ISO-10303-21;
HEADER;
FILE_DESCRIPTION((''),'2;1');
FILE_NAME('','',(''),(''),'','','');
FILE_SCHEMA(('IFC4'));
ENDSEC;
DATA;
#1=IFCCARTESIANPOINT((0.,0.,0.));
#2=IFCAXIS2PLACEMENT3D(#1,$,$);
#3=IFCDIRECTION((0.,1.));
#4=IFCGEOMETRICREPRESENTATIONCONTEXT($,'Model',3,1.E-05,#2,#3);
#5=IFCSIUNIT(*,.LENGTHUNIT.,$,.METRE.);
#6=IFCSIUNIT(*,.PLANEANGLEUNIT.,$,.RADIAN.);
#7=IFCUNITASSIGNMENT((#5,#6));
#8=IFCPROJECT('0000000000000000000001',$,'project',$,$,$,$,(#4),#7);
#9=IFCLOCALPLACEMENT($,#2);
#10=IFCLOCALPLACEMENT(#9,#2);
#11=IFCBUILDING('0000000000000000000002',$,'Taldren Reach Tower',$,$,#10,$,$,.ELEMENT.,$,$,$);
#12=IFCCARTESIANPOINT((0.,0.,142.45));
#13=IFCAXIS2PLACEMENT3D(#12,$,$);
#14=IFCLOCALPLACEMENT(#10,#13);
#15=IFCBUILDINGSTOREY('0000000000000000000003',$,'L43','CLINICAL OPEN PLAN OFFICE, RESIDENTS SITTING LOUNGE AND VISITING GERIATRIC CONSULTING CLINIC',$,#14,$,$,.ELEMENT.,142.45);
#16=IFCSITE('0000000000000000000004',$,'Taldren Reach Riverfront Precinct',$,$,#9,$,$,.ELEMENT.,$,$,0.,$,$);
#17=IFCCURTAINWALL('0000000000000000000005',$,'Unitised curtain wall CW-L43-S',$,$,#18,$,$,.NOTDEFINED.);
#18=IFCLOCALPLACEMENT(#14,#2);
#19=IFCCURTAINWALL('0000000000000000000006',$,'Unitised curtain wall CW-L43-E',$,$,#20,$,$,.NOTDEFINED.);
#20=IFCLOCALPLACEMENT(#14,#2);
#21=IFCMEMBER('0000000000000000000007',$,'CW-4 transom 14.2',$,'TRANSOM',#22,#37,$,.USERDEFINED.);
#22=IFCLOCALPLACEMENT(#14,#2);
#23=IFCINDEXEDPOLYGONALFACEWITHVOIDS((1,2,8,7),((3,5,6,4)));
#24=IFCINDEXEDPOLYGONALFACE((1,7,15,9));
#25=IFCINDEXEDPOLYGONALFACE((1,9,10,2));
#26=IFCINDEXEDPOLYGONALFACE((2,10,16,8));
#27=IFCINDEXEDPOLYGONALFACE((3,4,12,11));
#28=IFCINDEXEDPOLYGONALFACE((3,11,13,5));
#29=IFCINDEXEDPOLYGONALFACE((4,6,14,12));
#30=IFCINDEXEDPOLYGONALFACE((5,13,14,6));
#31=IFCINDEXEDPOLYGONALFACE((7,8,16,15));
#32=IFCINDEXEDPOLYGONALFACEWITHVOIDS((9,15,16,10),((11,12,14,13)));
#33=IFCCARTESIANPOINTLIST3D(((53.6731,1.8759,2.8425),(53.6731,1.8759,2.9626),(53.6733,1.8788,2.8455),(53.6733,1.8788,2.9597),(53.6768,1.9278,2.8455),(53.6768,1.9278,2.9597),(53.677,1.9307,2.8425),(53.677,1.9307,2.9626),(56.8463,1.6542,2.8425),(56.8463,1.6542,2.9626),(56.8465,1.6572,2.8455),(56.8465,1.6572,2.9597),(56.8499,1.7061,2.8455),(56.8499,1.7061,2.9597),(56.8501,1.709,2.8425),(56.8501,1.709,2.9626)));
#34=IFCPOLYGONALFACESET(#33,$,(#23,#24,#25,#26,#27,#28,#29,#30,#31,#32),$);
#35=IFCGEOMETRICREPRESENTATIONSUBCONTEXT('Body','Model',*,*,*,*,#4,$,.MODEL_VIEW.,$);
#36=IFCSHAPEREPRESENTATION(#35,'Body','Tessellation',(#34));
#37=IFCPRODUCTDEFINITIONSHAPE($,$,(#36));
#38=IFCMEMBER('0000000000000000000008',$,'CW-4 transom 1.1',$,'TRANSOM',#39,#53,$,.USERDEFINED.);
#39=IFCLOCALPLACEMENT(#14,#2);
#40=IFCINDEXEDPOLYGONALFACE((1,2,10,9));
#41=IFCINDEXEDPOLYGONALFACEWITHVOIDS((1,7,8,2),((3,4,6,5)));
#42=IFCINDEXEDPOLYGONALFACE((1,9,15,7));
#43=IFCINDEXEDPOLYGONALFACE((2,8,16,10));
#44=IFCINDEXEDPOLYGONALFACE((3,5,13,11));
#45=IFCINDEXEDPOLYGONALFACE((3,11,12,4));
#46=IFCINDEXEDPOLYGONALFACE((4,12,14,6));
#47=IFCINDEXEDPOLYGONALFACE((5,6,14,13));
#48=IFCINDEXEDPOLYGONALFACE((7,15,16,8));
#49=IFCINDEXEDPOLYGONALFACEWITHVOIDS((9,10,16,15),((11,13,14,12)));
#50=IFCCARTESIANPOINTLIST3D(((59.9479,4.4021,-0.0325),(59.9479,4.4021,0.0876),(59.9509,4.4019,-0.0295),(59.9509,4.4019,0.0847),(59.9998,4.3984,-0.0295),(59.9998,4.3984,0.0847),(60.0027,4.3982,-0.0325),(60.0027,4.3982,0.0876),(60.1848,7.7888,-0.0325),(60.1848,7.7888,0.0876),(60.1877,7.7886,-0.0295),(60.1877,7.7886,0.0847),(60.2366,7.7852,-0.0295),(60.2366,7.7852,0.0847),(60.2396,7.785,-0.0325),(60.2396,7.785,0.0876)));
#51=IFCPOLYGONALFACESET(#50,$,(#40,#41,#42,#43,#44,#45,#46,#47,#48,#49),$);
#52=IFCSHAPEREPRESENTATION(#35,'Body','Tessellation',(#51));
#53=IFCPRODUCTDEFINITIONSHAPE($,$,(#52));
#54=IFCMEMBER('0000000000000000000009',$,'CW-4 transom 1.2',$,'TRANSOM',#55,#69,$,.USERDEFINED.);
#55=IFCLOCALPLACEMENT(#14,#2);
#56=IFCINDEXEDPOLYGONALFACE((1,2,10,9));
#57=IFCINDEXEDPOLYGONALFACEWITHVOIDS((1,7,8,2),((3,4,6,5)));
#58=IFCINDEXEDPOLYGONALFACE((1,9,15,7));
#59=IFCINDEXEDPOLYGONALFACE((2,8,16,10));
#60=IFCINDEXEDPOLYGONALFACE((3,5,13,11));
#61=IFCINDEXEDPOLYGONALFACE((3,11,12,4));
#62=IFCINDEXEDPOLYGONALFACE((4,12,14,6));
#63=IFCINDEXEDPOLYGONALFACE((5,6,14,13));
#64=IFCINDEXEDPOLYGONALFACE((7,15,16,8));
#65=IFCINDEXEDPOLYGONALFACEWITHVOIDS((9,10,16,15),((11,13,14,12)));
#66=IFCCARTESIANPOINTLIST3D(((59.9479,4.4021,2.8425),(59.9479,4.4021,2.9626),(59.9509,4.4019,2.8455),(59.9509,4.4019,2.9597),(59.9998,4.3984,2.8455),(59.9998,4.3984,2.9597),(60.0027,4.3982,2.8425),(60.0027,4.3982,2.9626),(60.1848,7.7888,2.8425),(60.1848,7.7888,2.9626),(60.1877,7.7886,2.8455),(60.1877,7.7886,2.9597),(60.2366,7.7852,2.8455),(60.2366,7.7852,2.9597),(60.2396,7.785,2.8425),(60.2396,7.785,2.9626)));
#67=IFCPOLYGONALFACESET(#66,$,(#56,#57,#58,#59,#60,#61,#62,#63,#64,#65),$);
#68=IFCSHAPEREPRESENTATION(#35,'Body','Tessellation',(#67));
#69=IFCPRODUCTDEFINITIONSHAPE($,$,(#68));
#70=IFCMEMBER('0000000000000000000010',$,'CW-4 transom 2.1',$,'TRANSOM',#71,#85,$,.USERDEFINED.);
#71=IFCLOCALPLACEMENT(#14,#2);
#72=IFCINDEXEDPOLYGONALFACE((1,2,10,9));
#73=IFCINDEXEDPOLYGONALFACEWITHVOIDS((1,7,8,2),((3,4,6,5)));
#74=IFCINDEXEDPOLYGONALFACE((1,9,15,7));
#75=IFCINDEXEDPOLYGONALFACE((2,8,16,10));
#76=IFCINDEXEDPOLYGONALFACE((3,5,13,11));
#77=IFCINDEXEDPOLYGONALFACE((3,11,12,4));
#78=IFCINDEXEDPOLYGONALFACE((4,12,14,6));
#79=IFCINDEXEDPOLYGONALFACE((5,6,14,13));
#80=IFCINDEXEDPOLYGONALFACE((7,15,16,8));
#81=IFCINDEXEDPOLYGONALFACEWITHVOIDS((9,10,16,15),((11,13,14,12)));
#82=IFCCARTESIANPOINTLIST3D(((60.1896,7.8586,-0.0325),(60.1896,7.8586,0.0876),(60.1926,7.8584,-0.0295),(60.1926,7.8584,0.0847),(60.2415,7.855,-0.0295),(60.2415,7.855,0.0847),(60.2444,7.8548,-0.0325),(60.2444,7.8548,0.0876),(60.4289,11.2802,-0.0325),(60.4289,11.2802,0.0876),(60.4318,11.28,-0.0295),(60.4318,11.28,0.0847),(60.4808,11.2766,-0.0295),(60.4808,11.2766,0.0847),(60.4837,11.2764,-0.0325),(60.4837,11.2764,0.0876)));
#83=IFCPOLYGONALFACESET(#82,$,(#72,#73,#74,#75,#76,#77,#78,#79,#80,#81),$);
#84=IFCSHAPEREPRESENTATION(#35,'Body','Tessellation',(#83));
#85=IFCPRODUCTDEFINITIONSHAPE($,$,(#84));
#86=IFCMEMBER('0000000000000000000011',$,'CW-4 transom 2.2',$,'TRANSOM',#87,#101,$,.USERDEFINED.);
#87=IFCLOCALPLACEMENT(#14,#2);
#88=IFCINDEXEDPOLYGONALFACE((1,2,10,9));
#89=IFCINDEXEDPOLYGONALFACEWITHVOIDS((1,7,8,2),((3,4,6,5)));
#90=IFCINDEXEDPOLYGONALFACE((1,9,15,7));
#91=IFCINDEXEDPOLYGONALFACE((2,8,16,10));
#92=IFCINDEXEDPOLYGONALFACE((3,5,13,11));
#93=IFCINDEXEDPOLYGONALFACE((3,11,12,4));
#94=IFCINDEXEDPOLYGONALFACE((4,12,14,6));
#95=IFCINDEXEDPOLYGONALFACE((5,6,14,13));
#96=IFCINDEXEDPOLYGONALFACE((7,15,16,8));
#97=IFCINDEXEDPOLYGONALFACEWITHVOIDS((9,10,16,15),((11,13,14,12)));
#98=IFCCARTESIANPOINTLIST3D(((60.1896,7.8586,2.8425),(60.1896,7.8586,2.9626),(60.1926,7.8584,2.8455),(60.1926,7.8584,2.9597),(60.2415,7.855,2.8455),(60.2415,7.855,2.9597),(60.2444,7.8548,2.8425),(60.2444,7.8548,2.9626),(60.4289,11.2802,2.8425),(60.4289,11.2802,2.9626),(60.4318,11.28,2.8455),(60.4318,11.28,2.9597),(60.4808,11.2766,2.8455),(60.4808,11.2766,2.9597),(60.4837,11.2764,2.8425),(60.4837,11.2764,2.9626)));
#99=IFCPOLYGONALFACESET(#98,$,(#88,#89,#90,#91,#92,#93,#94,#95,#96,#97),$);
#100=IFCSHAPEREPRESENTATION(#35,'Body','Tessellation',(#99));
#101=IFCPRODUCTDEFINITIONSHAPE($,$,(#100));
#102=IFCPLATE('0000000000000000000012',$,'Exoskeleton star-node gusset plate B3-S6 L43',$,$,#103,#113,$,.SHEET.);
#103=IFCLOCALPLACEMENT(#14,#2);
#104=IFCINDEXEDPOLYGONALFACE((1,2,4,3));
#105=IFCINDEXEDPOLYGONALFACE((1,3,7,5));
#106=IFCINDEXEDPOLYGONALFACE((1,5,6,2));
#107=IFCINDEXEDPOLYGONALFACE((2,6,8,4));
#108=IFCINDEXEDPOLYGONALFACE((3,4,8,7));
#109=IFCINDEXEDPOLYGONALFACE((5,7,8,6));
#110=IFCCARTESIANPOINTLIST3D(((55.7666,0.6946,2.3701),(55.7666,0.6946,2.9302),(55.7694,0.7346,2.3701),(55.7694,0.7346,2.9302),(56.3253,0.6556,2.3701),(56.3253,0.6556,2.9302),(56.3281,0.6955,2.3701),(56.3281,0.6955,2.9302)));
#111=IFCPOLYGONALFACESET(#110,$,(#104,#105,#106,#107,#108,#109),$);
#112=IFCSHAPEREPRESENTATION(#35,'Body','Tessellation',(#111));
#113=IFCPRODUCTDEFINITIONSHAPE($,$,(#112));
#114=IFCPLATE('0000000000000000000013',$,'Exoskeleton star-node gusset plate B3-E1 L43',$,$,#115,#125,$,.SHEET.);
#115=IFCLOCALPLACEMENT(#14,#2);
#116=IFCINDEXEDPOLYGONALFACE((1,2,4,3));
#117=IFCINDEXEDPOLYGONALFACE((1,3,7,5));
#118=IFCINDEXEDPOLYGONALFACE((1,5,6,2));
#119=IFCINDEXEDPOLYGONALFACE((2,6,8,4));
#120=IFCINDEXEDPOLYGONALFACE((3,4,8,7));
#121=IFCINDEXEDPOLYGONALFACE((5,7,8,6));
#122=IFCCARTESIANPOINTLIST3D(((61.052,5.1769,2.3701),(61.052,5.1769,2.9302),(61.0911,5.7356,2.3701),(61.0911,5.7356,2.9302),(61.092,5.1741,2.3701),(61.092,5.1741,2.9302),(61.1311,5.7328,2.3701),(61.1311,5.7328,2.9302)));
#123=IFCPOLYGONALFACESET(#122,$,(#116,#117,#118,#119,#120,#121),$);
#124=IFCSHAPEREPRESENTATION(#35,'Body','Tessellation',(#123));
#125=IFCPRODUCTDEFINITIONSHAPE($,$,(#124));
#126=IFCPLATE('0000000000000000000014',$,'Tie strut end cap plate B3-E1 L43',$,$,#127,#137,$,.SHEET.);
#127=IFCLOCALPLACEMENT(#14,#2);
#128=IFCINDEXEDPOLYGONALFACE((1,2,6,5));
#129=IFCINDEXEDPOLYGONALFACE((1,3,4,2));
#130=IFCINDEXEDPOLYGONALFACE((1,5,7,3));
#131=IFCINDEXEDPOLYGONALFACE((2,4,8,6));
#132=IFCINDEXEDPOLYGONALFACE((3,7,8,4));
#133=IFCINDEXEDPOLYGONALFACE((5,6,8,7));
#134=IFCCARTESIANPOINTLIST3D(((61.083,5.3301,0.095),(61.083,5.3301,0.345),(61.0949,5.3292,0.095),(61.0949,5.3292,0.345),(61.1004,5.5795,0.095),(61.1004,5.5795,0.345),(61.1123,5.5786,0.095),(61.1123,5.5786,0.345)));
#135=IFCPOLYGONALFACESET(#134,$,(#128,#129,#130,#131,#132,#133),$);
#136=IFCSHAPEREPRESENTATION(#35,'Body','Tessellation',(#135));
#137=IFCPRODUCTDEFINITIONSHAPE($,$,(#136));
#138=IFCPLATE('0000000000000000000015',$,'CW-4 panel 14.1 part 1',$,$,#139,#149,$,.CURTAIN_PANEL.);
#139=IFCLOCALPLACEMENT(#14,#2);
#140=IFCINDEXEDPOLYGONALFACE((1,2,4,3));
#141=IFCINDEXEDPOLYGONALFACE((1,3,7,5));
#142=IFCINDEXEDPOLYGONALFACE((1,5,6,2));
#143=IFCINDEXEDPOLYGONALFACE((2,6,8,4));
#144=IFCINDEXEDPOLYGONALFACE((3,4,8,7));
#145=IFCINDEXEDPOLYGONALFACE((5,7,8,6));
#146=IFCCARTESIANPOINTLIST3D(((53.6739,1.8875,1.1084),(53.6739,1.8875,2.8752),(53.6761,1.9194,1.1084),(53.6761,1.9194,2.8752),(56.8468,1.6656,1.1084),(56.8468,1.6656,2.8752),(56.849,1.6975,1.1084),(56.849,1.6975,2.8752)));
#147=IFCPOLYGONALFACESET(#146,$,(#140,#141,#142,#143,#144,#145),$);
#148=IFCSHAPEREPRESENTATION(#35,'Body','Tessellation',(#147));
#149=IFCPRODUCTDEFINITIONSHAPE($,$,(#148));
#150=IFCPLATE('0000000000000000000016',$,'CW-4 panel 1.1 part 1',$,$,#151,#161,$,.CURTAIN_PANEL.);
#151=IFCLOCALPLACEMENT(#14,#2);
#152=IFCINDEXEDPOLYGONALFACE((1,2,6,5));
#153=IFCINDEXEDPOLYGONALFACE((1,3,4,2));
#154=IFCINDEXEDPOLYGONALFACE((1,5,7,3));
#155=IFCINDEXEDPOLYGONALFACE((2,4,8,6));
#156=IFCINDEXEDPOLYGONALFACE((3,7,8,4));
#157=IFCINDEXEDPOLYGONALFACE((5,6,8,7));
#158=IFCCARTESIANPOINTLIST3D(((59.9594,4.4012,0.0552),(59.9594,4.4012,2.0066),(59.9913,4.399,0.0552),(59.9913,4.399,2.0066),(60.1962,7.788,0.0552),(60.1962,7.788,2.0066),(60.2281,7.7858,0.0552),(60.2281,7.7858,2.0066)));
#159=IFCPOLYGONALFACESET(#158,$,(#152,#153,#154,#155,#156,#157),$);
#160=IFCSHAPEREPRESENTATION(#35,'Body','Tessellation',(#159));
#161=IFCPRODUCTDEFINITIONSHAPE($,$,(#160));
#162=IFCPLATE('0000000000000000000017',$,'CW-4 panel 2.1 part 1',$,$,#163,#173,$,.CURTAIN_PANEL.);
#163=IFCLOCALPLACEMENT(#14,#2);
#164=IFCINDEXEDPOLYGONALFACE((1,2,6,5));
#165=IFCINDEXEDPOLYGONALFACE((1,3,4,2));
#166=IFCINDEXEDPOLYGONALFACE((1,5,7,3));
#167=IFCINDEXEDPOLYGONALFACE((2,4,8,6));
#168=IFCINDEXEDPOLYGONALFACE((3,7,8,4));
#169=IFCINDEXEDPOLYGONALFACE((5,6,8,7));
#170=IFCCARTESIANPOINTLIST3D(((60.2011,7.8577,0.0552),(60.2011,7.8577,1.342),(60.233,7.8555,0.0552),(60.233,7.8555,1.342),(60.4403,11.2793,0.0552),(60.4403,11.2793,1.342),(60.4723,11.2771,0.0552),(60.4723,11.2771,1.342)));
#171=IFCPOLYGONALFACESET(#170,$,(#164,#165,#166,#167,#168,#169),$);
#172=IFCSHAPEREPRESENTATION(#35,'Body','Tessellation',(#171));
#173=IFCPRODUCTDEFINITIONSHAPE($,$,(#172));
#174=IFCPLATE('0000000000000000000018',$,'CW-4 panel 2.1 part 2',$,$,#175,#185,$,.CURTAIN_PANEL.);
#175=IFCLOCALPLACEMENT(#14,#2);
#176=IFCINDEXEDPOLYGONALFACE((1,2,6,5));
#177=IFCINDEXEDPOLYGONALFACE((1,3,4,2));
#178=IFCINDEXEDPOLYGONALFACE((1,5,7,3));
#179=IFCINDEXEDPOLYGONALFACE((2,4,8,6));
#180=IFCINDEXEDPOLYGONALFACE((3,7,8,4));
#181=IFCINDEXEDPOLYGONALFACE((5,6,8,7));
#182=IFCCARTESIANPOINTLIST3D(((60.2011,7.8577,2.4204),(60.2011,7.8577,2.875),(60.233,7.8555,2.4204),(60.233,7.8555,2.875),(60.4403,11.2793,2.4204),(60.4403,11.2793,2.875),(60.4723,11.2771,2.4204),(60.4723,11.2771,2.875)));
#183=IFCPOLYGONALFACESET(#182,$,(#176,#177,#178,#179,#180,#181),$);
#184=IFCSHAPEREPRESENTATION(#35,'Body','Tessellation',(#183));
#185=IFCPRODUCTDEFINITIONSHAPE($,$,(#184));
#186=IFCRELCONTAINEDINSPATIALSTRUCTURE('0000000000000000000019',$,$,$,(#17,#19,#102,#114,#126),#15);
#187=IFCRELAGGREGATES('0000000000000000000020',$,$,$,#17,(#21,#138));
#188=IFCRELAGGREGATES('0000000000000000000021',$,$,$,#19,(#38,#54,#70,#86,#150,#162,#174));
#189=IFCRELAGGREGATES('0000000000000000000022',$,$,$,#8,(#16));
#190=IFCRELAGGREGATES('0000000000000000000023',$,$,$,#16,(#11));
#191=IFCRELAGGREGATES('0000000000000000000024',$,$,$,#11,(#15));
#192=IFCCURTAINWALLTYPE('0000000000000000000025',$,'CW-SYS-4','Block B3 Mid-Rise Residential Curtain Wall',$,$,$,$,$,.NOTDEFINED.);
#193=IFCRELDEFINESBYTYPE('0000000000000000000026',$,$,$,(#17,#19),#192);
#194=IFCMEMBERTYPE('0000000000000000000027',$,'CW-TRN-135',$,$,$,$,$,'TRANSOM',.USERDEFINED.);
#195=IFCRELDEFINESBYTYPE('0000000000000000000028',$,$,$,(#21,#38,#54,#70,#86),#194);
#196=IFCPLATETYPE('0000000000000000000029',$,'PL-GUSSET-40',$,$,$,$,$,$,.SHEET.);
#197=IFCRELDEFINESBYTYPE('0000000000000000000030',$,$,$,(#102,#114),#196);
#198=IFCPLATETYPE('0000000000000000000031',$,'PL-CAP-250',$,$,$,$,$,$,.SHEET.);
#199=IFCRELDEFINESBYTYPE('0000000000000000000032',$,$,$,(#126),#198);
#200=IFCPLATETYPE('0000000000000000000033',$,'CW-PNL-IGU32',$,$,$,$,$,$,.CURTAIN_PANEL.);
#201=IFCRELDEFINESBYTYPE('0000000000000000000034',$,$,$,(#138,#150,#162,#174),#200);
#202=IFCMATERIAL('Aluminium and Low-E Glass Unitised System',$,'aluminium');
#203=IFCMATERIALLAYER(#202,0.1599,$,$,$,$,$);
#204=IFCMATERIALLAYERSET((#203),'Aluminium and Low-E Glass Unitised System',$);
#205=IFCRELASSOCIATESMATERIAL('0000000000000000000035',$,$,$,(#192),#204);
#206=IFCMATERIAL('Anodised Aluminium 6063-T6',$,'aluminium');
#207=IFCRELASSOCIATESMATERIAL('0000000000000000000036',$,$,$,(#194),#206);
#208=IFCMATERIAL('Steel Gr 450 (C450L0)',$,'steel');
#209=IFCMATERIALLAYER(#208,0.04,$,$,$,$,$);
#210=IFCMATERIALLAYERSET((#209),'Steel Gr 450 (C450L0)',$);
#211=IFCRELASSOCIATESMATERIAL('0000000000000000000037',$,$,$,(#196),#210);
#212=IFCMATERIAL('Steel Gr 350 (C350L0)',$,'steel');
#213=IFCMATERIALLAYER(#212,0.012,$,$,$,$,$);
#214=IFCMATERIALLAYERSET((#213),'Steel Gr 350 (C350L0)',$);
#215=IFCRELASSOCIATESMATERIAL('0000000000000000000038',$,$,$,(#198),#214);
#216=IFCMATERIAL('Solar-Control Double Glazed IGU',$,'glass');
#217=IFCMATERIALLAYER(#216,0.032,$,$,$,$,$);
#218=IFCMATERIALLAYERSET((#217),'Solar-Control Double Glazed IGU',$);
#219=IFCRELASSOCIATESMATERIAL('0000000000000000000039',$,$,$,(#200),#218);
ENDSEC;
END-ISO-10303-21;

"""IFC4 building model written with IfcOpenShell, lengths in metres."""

from ifc_helpers import new_model, si_unit, direction, frame, origin, origin_2d, place, context, subcontext, project, spatial, rectangle, hollow_rectangle, extrude, source, transform, mapped, material, layer, layer_set, material_profile, profile_set, type_object, element, aggregate, save


model = new_model("IFC4")

# Units and contexts
model_context = context("Model", 3, precision=1e-05, world=origin(), true_north=direction((0.0, 1.0)))
body_context = subcontext(model_context, "Body", "Model", "MODEL_VIEW")
ifc_project = project(units=[si_unit("LENGTHUNIT", "METRE"), si_unit("PLANEANGLEUNIT", "RADIAN")], contexts=[model_context])

# Site, building, storey
site_placement = place(None, origin())
site = spatial("IfcSite", under=ifc_project, at=site_placement, Name="Taldren Reach Riverfront Precinct", CompositionType="ELEMENT", RefElevation=0.0)
building_placement = place(site_placement, origin())
building = spatial("IfcBuilding", under=site, at=building_placement, Name="Taldren Reach Tower", CompositionType="ELEMENT")
storey_placement = place(building_placement, frame((0.0, 0.0, 142.45)))
storey = spatial("IfcBuildingStorey", under=building, at=storey_placement, Name="L43", Description="CLINICAL OPEN PLAN OFFICE, RESIDENTS SITTING LOUNGE AND VISITING GERIATRIC CONSULTING CLINIC", CompositionType="ELEMENT", Elevation=142.45)

# Shared definitions
ifc_material_1 = material(Name="Steel Gr 450 (C450L0)", Category="steel")

# Shared definitions
ifc_material_2 = material(Name="Steel Gr 350 (C350L0)", Category="steel")

# Curtain walls
ifc_material_3 = material(Name="Aluminium and Low-E Glass Unitised System", Category="aluminium")
ifc_layer_1 = layer(ifc_material_3, 0.1599)
ifc_layer_set_1 = layer_set([ifc_layer_1], Name="Aluminium and Low-E Glass Unitised System")
curtain_wall_type = type_object("IfcCurtainWallType", Name="CW-SYS-4", Description="Block B3 Mid-Rise Residential Curtain Wall", PredefinedType="NOTDEFINED", material=ifc_layer_set_1)
curtain_wall_1_placement = place(storey_placement, origin())
curtain_wall_1 = element("IfcCurtainWall", 1, at=curtain_wall_1_placement, inside=storey, type_object=curtain_wall_type, Name="Unitised curtain wall CW-L43-S", PredefinedType="NOTDEFINED")
ifc_material_4 = material(Name="Anodised Aluminium 6063-T6", Category="aluminium")
curtain_wall_2_placement = place(storey_placement, origin())
curtain_wall_2 = element("IfcCurtainWall", 2, at=curtain_wall_2_placement, inside=storey, type_object=curtain_wall_type, Name="Unitised curtain wall CW-L43-E", PredefinedType="NOTDEFINED")

# Members
ifc_material_profile_1 = material_profile(ifc_material_4, hollow_rectangle(XDim=0.0549, YDim=0.1201, WallThickness=0.0029, at=origin_2d()), Name="ALU-120x55x3RHS")
ifc_profile_set_1 = profile_set([ifc_material_profile_1], Name="Anodised Aluminium 6063-T6")
member_type_1 = type_object("IfcMemberType", Name="CW-TRN-135", ElementType="TRANSOM", PredefinedType="USERDEFINED", material=ifc_profile_set_1)
shared_shape_1 = source(origin(), body_context, "Body", "SweptSolid", [
    extrude(hollow_rectangle(XDim=0.0549, YDim=0.1201, WallThickness=0.0029, at=origin_2d()), origin(), (0.0, 0.0, 1.0), 3.1809),
])
member_1_placement = place(storey_placement, frame((53.675, 1.9033, 2.9026), z_axis=(0.997569, -0.069692, 0.0), x_axis=(0.069692, 0.997569, 0.0)))
member_1 = element("IfcMember", 3, at=member_1_placement, type_object=member_type_1, Name="CW-4 transom 14.2", ObjectType="TRANSOM", PredefinedType="USERDEFINED", context=body_context, shape_type="MappedRepresentation", body=[
    mapped(shared_shape_1, transform((0.0, 0.0, 0.0), scale=1.0)),
])
shared_shape_2 = source(origin(), body_context, "Body", "SweptSolid", [
    extrude(hollow_rectangle(XDim=0.0549, YDim=0.1201, WallThickness=0.0029, at=origin_2d()), origin(), (0.0, 0.0, 1.0), 3.395),
])
member_2_placement = place(storey_placement, frame((59.9753, 4.4001, 0.0276), z_axis=(0.069755, 0.997564, 0.0), x_axis=(-0.997564, 0.069755, 0.0)))
member_2 = element("IfcMember", 4, at=member_2_placement, type_object=member_type_1, Name="CW-4 transom 1.1", ObjectType="TRANSOM", PredefinedType="USERDEFINED", context=body_context, shape_type="MappedRepresentation", body=[
    mapped(shared_shape_2, transform((0.0, 0.0, 0.0), scale=1.0)),
])
member_3_placement = place(storey_placement, frame((59.9753, 4.4001, 2.9026), z_axis=(0.069755, 0.997564, 0.0), x_axis=(-0.997564, 0.069755, 0.0)))
member_3 = element("IfcMember", 5, at=member_3_placement, type_object=member_type_1, Name="CW-4 transom 1.2", ObjectType="TRANSOM", PredefinedType="USERDEFINED", context=body_context, shape_type="MappedRepresentation", body=[
    mapped(shared_shape_2, transform((0.0, 0.0, 0.0), scale=1.0)),
])
shared_shape_3 = source(origin(), body_context, "Body", "SweptSolid", [
    extrude(hollow_rectangle(XDim=0.0549, YDim=0.1201, WallThickness=0.0029, at=origin_2d()), origin(), (0.0, 0.0, 1.0), 3.4299),
])
member_4_placement = place(storey_placement, frame((60.217, 7.8567, 0.0276), z_axis=(0.069755, 0.997564, 0.0), x_axis=(-0.997564, 0.069755, 0.0)))
member_4 = element("IfcMember", 6, at=member_4_placement, type_object=member_type_1, Name="CW-4 transom 2.1", ObjectType="TRANSOM", PredefinedType="USERDEFINED", context=body_context, shape_type="MappedRepresentation", body=[
    mapped(shared_shape_3, transform((0.0, 0.0, 0.0), scale=1.0)),
])
member_5_placement = place(storey_placement, frame((60.217, 7.8567, 2.9026), z_axis=(0.069755, 0.997564, 0.0), x_axis=(-0.997564, 0.069755, 0.0)))
member_5 = element("IfcMember", 7, at=member_5_placement, type_object=member_type_1, Name="CW-4 transom 2.2", ObjectType="TRANSOM", PredefinedType="USERDEFINED", context=body_context, shape_type="MappedRepresentation", body=[
    mapped(shared_shape_3, transform((0.0, 0.0, 0.0), scale=1.0)),
])

# Plates
ifc_layer_2 = layer(ifc_material_1, 0.04)
ifc_layer_set_2 = layer_set([ifc_layer_2], Name="Steel Gr 450 (C450L0)")
plate_type_1 = type_object("IfcPlateType", Name="PL-GUSSET-40", PredefinedType="SHEET", material=ifc_layer_set_2)
shared_shape_4 = source(origin(), body_context, "Body", "SweptSolid", [
    extrude(rectangle(XDim=0.5601, YDim=0.04, at=origin_2d()), origin(), (0.0, 0.0, 1.0), 0.5601),
])
for number, where, z_axis, x_axis, name in (
    (8, (56.0474, 0.6951, 2.3701), (0.0, 0.0, 1.0), (0.997564, -0.069756, 0.0), "Exoskeleton star-node gusset plate B3-S6 L43"),
    (9, (61.0916, 5.4548, 2.3701), (0.0, 0.0, 1.0), (0.069756, 0.997564, 0.0), "Exoskeleton star-node gusset plate B3-E1 L43"),
):
    element("IfcPlate", number, at=place(storey_placement, frame(where, z_axis=z_axis, x_axis=x_axis)), inside=storey, type_object=plate_type_1, Name=name, PredefinedType="SHEET", context=body_context, shape_type="MappedRepresentation", body=[
        mapped(shared_shape_4, transform((0.0, 0.0, 0.0), scale=1.0)),
    ])
ifc_layer_3 = layer(ifc_material_2, 0.012)
ifc_layer_set_3 = layer_set([ifc_layer_3], Name="Steel Gr 350 (C350L0)")
plate_type_2 = type_object("IfcPlateType", Name="PL-CAP-250", PredefinedType="SHEET", material=ifc_layer_set_3)
shared_shape_5 = source(origin(), body_context, "Body", "SweptSolid", [
    extrude(rectangle(XDim=0.012, YDim=0.25, at=origin_2d()), origin(), (0.0, 0.0, 1.0), 0.25),
])
plate_1_placement = place(storey_placement, frame((61.0977, 5.4543, 0.095), z_axis=(0.0, 0.0, 1.0), x_axis=(0.997564, -0.069756, 0.0)))
element("IfcPlate", 10, at=plate_1_placement, inside=storey, type_object=plate_type_2, Name="Tie strut end cap plate B3-E1 L43", PredefinedType="SHEET", context=body_context, shape_type="MappedRepresentation", body=[
    mapped(shared_shape_5, transform((0.0, 0.0, 0.0), scale=1.0)),
])

# Plates
ifc_material_5 = material(Name="Solar-Control Double Glazed IGU", Category="glass")
ifc_layer_4 = layer(ifc_material_5, 0.032)
ifc_layer_set_4 = layer_set([ifc_layer_4], Name="Solar-Control Double Glazed IGU")
plate_type_3 = type_object("IfcPlateType", Name="CW-PNL-IGU32", PredefinedType="CURTAIN_PANEL", material=ifc_layer_set_4)
shared_shape_6 = source(origin(), body_context, "Body", "SweptSolid", [
    extrude(rectangle(XDim=3.1807, YDim=0.032, at=origin_2d()), origin(), (0.0, 0.0, 1.0), 1.7668),
])
plate_2_placement = place(storey_placement, frame((55.2615, 1.7925, 1.1084), z_axis=(0.0, 0.0, 1.0), x_axis=(0.997564, -0.069757, 0.0)))
plate_2 = element("IfcPlate", 11, at=plate_2_placement, type_object=plate_type_3, Name="CW-4 panel 14.1 part 1", PredefinedType="CURTAIN_PANEL", context=body_context, shape_type="MappedRepresentation", body=[
    mapped(shared_shape_6, transform((0.0, 0.0, 0.0), scale=1.0)),
])
aggregate(curtain_wall_1, [member_1, plate_2])
shared_shape_7 = source(origin(), body_context, "Body", "SweptSolid", [
    extrude(rectangle(XDim=3.395, YDim=0.032, at=origin_2d()), origin(), (0.0, 0.0, 1.0), 1.9514),
])
plate_3_placement = place(storey_placement, frame((60.0938, 6.0935, 0.0552), z_axis=(0.0, 0.0, 1.0), x_axis=(0.069756, 0.997564, 0.0)))
plate_3 = element("IfcPlate", 12, at=plate_3_placement, type_object=plate_type_3, Name="CW-4 panel 1.1 part 1", PredefinedType="CURTAIN_PANEL", context=body_context, shape_type="MappedRepresentation", body=[
    mapped(shared_shape_7, transform((0.0, 0.0, 0.0), scale=1.0)),
])
shared_shape_8 = source(origin(), body_context, "Body", "SweptSolid", [
    extrude(rectangle(XDim=3.4299, YDim=0.032, at=origin_2d()), origin(), (0.0, 0.0, 1.0), 1.2869),
])
plate_4_placement = place(storey_placement, frame((60.3367, 9.5674, 0.0552), z_axis=(0.0, 0.0, 1.0), x_axis=(0.069756, 0.997564, 0.0)))
plate_4 = element("IfcPlate", 13, at=plate_4_placement, type_object=plate_type_3, Name="CW-4 panel 2.1 part 1", PredefinedType="CURTAIN_PANEL", context=body_context, shape_type="MappedRepresentation", body=[
    mapped(shared_shape_8, transform((0.0, 0.0, 0.0), scale=1.0)),
])
shared_shape_9 = source(origin(), body_context, "Body", "SweptSolid", [
    extrude(rectangle(XDim=3.4299, YDim=0.032, at=origin_2d()), origin(), (0.0, 0.0, 1.0), 0.4546),
])
plate_5_placement = place(storey_placement, frame((60.3367, 9.5674, 2.4204), z_axis=(0.0, 0.0, 1.0), x_axis=(0.069756, 0.997564, 0.0)))
plate_5 = element("IfcPlate", 14, at=plate_5_placement, type_object=plate_type_3, Name="CW-4 panel 2.1 part 2", PredefinedType="CURTAIN_PANEL", context=body_context, shape_type="MappedRepresentation", body=[
    mapped(shared_shape_9, transform((0.0, 0.0, 0.0), scale=1.0)),
])
aggregate(curtain_wall_2, [member_2, member_3, member_4, member_5, plate_3, plate_4, plate_5])

save(model, "model.ifc")
